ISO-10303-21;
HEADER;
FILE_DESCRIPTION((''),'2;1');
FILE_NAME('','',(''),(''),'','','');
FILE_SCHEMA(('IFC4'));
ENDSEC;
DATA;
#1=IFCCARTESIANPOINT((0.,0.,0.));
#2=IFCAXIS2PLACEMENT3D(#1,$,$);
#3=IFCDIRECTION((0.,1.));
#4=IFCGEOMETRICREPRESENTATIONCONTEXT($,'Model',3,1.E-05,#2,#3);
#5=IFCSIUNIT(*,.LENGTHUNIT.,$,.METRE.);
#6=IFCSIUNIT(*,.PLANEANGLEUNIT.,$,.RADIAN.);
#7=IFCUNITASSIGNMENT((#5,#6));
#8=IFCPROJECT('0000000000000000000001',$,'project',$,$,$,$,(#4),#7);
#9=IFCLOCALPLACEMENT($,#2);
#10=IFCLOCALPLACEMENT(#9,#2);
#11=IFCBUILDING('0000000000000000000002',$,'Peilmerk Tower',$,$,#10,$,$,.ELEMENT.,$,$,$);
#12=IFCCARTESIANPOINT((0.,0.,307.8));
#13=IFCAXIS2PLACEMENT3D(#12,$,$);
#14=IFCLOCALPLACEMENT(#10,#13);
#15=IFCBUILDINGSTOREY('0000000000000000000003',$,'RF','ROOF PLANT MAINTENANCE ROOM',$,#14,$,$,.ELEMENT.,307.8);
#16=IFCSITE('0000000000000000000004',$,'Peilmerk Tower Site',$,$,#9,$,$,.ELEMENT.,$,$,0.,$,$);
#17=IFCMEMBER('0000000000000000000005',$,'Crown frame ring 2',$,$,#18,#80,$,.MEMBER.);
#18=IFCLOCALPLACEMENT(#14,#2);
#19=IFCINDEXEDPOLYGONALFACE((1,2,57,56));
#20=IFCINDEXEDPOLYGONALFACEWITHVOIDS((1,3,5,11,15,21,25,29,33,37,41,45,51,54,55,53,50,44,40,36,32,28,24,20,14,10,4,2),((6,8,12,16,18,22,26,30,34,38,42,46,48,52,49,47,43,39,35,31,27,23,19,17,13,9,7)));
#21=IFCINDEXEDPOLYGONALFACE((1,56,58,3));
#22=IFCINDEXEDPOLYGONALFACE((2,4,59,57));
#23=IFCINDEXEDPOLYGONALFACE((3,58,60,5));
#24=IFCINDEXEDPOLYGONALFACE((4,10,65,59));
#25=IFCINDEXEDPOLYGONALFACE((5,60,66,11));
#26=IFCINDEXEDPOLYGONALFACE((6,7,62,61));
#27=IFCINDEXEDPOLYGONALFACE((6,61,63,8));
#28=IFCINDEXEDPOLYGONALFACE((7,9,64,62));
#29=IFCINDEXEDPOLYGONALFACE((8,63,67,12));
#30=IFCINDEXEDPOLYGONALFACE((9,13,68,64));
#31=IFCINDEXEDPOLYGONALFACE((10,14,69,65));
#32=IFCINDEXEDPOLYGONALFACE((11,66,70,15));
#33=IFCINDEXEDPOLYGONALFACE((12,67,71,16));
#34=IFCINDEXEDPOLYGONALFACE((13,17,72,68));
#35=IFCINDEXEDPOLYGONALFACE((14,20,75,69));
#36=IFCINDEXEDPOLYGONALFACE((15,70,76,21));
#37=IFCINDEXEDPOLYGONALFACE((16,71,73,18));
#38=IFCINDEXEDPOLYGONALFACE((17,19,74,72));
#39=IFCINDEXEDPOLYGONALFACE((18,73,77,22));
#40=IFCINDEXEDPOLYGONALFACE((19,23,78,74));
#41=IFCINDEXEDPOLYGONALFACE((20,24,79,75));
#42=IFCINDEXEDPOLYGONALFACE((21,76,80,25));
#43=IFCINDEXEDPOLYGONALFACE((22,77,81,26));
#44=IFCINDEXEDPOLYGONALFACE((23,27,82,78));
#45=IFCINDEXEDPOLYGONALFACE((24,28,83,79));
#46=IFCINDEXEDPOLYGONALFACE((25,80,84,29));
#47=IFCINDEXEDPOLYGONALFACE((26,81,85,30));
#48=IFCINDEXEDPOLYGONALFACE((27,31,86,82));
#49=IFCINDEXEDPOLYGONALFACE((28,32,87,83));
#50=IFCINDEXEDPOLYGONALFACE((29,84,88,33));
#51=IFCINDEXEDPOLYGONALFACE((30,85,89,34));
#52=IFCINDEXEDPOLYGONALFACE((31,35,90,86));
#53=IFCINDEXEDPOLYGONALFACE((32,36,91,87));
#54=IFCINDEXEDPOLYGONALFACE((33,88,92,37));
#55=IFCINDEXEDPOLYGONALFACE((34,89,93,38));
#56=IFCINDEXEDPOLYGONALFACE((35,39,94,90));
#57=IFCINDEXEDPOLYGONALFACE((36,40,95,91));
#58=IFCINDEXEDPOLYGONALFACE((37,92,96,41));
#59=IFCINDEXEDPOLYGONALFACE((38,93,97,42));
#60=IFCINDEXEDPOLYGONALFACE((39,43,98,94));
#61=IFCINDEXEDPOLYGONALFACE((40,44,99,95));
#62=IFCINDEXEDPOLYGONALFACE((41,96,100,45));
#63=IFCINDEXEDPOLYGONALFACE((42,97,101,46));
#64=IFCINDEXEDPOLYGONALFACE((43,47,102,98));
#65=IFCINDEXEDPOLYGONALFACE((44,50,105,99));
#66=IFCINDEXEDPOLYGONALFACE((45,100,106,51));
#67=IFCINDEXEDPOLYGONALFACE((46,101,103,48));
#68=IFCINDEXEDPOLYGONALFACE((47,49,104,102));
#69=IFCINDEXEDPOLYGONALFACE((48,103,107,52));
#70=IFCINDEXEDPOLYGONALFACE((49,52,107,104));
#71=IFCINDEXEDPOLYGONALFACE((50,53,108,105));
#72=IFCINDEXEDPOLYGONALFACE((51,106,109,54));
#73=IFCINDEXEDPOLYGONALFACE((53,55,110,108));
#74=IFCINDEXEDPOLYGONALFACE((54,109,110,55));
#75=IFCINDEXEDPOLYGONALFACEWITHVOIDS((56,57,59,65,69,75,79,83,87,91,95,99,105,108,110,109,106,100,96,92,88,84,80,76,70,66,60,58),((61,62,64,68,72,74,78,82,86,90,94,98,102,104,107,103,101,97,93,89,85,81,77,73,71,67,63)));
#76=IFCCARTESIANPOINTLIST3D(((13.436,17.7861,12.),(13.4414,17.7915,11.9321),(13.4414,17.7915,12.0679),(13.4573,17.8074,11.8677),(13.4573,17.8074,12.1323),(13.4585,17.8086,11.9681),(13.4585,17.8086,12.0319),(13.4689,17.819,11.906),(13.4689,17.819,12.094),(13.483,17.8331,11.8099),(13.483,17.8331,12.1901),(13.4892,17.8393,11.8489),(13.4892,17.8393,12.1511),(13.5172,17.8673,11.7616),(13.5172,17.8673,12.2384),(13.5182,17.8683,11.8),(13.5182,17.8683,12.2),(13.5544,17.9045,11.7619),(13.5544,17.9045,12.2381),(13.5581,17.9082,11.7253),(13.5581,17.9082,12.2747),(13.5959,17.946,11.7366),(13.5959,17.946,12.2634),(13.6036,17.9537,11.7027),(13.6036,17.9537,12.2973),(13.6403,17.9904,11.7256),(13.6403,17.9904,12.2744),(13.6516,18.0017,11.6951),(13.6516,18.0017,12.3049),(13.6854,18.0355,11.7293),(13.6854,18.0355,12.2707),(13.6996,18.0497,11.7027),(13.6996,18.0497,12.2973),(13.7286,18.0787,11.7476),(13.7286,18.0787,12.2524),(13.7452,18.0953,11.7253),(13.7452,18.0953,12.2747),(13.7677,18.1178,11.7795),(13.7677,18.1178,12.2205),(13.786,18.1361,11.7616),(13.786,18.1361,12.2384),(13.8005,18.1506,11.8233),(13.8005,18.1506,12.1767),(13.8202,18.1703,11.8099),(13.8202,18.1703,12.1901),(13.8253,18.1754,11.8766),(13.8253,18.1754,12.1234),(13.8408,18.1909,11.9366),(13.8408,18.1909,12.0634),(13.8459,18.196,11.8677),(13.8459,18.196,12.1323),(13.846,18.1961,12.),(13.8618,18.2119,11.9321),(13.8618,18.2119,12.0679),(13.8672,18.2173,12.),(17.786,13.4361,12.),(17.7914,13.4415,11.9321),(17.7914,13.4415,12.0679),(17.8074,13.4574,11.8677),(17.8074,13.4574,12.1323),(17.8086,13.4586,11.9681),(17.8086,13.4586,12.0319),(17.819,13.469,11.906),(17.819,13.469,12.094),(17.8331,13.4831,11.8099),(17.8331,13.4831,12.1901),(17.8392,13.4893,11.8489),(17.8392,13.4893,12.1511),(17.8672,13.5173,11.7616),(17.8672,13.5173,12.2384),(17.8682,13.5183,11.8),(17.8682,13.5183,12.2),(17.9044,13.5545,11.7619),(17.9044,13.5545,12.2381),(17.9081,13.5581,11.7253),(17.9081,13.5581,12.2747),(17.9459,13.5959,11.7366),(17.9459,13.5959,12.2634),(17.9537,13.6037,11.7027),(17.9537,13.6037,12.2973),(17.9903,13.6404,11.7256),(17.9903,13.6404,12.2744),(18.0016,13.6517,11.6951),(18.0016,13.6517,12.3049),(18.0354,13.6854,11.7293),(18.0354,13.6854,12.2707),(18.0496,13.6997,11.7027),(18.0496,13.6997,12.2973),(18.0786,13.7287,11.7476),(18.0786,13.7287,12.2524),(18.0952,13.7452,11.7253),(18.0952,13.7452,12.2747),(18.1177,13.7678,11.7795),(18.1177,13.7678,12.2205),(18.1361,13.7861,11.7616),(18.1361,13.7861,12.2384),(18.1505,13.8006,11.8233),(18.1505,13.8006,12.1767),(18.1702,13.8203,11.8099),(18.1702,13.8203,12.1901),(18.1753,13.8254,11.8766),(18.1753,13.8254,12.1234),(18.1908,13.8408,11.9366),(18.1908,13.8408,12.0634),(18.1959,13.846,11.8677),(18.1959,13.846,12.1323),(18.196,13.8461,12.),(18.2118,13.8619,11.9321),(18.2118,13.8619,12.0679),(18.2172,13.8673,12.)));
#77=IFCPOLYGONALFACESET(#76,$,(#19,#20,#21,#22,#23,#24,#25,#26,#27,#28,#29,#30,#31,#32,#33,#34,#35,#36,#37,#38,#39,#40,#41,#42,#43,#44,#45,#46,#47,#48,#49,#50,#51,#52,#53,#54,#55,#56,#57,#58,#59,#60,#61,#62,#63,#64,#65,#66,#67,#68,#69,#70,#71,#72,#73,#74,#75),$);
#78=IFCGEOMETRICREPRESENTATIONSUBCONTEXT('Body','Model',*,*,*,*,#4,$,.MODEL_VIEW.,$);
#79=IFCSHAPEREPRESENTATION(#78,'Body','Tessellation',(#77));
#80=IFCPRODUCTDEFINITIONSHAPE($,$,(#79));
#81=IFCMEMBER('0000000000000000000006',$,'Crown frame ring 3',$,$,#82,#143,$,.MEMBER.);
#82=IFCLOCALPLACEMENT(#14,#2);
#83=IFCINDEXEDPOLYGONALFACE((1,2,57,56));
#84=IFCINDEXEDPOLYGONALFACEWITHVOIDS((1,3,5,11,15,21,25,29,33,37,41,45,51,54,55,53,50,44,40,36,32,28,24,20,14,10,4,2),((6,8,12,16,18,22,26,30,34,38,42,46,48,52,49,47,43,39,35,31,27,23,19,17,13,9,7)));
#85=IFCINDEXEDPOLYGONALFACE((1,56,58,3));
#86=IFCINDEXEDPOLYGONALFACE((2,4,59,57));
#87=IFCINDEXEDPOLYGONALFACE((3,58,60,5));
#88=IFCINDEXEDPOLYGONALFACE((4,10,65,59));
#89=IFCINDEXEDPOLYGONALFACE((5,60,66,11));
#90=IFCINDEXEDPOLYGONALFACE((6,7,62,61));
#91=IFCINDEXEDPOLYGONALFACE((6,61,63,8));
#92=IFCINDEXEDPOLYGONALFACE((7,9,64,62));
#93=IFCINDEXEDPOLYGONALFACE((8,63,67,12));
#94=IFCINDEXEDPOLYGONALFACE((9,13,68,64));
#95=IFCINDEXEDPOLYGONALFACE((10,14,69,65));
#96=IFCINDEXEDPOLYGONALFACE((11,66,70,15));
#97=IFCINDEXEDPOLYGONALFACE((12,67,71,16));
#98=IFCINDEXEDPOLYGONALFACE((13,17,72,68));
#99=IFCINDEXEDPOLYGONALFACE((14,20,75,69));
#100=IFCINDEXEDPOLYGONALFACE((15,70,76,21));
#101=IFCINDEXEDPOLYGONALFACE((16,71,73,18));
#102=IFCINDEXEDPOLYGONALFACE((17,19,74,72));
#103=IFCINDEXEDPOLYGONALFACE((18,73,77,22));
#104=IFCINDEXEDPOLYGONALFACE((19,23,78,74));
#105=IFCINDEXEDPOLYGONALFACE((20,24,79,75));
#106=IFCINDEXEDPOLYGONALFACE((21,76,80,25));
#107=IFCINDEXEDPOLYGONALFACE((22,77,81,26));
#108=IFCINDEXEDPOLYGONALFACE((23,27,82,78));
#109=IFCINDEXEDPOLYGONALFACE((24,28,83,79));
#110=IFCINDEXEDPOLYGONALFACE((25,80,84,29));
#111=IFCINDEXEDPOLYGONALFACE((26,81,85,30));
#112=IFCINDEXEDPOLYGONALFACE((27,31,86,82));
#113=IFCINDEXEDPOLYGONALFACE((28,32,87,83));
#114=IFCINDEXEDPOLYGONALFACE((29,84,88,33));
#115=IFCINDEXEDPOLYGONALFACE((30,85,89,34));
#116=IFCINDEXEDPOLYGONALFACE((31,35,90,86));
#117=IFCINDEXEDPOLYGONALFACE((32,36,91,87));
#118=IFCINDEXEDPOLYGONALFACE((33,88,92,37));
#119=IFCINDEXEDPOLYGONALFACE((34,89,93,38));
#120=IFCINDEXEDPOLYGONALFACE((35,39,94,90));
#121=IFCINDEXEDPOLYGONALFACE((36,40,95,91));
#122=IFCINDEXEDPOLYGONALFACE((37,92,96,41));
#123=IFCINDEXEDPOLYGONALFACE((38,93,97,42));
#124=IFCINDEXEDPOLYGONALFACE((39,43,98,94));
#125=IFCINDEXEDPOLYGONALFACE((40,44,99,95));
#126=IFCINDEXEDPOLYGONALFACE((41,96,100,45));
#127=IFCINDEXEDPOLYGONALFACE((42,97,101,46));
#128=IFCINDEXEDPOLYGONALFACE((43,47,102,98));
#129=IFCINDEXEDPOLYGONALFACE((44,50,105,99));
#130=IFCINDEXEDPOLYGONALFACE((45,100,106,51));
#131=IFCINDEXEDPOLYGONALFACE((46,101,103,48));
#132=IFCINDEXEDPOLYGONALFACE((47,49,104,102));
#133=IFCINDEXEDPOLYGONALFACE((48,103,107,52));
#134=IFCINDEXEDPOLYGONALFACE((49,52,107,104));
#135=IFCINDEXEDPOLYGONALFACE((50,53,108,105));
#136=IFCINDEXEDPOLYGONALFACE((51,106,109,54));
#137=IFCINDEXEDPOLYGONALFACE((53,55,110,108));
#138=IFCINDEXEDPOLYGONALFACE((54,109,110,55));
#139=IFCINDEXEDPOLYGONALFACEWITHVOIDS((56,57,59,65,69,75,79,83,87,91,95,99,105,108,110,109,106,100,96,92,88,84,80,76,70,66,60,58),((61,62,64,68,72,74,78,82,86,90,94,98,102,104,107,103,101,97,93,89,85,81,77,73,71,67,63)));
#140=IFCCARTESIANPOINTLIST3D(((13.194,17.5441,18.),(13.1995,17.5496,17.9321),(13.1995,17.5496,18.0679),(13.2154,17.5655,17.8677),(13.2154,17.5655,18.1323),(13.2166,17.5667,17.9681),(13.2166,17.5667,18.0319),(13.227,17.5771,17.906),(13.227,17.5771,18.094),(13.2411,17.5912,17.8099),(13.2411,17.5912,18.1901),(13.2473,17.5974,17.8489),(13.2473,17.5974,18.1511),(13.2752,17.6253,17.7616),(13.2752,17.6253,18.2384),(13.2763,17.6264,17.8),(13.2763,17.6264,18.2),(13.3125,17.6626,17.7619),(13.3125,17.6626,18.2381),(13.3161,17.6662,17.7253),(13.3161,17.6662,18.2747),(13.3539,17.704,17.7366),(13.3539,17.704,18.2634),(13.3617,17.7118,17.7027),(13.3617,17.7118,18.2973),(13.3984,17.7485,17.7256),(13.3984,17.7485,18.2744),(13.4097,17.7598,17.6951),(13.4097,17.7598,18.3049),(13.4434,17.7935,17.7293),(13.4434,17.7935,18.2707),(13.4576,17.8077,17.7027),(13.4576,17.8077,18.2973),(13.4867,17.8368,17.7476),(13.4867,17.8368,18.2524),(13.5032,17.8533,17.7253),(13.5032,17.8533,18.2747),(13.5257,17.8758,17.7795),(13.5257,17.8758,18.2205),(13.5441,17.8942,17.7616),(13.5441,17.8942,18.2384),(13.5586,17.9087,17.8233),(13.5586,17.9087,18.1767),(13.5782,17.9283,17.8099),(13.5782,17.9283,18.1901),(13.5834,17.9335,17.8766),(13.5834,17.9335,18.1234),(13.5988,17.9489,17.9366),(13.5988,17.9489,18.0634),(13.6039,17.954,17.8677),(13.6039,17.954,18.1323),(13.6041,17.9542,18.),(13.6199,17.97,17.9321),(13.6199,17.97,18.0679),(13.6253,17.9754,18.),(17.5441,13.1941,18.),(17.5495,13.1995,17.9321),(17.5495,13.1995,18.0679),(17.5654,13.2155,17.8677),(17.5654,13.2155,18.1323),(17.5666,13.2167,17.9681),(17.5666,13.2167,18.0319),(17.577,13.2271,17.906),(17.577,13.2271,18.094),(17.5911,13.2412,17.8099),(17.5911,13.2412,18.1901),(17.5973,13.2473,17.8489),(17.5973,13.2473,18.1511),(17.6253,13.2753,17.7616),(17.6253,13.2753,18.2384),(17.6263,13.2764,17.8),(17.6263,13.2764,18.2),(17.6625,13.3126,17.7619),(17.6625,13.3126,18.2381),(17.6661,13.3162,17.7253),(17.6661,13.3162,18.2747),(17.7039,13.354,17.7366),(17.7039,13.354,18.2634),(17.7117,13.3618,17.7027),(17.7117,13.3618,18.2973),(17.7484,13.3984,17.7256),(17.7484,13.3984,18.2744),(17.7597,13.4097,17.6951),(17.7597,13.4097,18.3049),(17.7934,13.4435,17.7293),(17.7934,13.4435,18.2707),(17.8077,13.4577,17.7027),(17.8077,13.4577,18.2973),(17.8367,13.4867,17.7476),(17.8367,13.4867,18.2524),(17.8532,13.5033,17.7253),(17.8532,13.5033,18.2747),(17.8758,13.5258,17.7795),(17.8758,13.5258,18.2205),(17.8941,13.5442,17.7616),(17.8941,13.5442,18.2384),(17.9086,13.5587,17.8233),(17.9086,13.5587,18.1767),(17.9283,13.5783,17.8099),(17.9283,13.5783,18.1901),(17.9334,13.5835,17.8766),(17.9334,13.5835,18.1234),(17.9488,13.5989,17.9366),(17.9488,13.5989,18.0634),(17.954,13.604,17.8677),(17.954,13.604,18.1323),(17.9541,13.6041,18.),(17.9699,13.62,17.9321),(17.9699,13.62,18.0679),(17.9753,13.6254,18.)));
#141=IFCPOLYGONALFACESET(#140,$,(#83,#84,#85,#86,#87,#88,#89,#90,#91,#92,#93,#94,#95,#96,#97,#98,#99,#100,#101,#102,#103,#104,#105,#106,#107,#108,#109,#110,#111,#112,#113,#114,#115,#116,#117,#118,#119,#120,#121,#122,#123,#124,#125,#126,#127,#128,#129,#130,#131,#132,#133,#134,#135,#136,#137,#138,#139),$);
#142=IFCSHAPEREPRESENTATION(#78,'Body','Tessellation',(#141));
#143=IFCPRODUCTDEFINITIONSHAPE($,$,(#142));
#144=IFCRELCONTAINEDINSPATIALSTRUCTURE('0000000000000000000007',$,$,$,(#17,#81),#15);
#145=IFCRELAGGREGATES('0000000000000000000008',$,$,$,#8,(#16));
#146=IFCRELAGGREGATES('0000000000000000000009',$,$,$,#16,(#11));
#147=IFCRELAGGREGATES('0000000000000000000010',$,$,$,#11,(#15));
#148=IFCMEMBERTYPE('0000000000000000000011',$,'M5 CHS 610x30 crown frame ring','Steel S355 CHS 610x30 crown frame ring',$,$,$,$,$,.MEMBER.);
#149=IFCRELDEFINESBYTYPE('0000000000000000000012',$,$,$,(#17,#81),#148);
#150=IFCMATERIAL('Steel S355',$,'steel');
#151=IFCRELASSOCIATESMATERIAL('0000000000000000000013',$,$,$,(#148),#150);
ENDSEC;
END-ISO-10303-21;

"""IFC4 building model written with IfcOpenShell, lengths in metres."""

from ifc_helpers import new_model, si_unit, direction, frame, origin, origin_2d, place, context, subcontext, project, spatial, hollow_circle, extrude, material, material_profile, profile_set, type_object, element, save


model = new_model("IFC4")

# Units and contexts
model_context = context("Model", 3, precision=1e-05, world=origin(), true_north=direction((0.0, 1.0)))
body_context = subcontext(model_context, "Body", "Model", "MODEL_VIEW")
ifc_project = project(units=[si_unit("LENGTHUNIT", "METRE"), si_unit("PLANEANGLEUNIT", "RADIAN")], contexts=[model_context])

# Site, building, storey
site_placement = place(None, origin())
site = spatial("IfcSite", under=ifc_project, at=site_placement, Name="Peilmerk Tower Site", CompositionType="ELEMENT", RefElevation=0.0)
building_placement = place(site_placement, origin())
building = spatial("IfcBuilding", under=site, at=building_placement, Name="Peilmerk Tower", CompositionType="ELEMENT")
storey_placement = place(building_placement, frame((0.0, 0.0, 307.8)))
storey = spatial("IfcBuildingStorey", under=building, at=storey_placement, Name="RF", Description="ROOF PLANT MAINTENANCE ROOM", CompositionType="ELEMENT", Elevation=307.8)

# Shared definitions
ifc_material_1 = material(Name="Steel S355", Category="steel")

# Members
ifc_material_profile_1 = material_profile(ifc_material_1, hollow_circle(Radius=0.3049, WallThickness=0.03, at=origin_2d()), Name="CHS 610x30")
ifc_profile_set_1 = profile_set([ifc_material_profile_1], Name="Steel S355")
member_type_1 = type_object("IfcMemberType", Name="M5 CHS 610x30 crown frame ring", Description="Steel S355 CHS 610x30 crown frame ring", PredefinedType="MEMBER", material=ifc_profile_set_1)
for number, where, z_axis, x_axis, name in (
    (1, (13.6516, 18.0017, 12.0), (0.707107, -0.707107, 0.0), (0.707107, 0.707107, 0.0), "Crown frame ring 2"),
    (2, (13.4097, 17.7598, 18.0), (0.707107, -0.707107, 0.0), (0.707107, 0.707107, 0.0), "Crown frame ring 3"),
):
    element("IfcMember", number, at=place(storey_placement, frame(where, z_axis=z_axis, x_axis=x_axis)), inside=storey, type_object=member_type_1, Name=name, PredefinedType="MEMBER", context=body_context, shape_type="SweptSolid", body=[
        extrude(hollow_circle(Radius=0.3049, WallThickness=0.03, at=origin_2d()), origin(), (0.0, 0.0, 1.0), 6.1519),
    ])

save(model, "model.ifc")
